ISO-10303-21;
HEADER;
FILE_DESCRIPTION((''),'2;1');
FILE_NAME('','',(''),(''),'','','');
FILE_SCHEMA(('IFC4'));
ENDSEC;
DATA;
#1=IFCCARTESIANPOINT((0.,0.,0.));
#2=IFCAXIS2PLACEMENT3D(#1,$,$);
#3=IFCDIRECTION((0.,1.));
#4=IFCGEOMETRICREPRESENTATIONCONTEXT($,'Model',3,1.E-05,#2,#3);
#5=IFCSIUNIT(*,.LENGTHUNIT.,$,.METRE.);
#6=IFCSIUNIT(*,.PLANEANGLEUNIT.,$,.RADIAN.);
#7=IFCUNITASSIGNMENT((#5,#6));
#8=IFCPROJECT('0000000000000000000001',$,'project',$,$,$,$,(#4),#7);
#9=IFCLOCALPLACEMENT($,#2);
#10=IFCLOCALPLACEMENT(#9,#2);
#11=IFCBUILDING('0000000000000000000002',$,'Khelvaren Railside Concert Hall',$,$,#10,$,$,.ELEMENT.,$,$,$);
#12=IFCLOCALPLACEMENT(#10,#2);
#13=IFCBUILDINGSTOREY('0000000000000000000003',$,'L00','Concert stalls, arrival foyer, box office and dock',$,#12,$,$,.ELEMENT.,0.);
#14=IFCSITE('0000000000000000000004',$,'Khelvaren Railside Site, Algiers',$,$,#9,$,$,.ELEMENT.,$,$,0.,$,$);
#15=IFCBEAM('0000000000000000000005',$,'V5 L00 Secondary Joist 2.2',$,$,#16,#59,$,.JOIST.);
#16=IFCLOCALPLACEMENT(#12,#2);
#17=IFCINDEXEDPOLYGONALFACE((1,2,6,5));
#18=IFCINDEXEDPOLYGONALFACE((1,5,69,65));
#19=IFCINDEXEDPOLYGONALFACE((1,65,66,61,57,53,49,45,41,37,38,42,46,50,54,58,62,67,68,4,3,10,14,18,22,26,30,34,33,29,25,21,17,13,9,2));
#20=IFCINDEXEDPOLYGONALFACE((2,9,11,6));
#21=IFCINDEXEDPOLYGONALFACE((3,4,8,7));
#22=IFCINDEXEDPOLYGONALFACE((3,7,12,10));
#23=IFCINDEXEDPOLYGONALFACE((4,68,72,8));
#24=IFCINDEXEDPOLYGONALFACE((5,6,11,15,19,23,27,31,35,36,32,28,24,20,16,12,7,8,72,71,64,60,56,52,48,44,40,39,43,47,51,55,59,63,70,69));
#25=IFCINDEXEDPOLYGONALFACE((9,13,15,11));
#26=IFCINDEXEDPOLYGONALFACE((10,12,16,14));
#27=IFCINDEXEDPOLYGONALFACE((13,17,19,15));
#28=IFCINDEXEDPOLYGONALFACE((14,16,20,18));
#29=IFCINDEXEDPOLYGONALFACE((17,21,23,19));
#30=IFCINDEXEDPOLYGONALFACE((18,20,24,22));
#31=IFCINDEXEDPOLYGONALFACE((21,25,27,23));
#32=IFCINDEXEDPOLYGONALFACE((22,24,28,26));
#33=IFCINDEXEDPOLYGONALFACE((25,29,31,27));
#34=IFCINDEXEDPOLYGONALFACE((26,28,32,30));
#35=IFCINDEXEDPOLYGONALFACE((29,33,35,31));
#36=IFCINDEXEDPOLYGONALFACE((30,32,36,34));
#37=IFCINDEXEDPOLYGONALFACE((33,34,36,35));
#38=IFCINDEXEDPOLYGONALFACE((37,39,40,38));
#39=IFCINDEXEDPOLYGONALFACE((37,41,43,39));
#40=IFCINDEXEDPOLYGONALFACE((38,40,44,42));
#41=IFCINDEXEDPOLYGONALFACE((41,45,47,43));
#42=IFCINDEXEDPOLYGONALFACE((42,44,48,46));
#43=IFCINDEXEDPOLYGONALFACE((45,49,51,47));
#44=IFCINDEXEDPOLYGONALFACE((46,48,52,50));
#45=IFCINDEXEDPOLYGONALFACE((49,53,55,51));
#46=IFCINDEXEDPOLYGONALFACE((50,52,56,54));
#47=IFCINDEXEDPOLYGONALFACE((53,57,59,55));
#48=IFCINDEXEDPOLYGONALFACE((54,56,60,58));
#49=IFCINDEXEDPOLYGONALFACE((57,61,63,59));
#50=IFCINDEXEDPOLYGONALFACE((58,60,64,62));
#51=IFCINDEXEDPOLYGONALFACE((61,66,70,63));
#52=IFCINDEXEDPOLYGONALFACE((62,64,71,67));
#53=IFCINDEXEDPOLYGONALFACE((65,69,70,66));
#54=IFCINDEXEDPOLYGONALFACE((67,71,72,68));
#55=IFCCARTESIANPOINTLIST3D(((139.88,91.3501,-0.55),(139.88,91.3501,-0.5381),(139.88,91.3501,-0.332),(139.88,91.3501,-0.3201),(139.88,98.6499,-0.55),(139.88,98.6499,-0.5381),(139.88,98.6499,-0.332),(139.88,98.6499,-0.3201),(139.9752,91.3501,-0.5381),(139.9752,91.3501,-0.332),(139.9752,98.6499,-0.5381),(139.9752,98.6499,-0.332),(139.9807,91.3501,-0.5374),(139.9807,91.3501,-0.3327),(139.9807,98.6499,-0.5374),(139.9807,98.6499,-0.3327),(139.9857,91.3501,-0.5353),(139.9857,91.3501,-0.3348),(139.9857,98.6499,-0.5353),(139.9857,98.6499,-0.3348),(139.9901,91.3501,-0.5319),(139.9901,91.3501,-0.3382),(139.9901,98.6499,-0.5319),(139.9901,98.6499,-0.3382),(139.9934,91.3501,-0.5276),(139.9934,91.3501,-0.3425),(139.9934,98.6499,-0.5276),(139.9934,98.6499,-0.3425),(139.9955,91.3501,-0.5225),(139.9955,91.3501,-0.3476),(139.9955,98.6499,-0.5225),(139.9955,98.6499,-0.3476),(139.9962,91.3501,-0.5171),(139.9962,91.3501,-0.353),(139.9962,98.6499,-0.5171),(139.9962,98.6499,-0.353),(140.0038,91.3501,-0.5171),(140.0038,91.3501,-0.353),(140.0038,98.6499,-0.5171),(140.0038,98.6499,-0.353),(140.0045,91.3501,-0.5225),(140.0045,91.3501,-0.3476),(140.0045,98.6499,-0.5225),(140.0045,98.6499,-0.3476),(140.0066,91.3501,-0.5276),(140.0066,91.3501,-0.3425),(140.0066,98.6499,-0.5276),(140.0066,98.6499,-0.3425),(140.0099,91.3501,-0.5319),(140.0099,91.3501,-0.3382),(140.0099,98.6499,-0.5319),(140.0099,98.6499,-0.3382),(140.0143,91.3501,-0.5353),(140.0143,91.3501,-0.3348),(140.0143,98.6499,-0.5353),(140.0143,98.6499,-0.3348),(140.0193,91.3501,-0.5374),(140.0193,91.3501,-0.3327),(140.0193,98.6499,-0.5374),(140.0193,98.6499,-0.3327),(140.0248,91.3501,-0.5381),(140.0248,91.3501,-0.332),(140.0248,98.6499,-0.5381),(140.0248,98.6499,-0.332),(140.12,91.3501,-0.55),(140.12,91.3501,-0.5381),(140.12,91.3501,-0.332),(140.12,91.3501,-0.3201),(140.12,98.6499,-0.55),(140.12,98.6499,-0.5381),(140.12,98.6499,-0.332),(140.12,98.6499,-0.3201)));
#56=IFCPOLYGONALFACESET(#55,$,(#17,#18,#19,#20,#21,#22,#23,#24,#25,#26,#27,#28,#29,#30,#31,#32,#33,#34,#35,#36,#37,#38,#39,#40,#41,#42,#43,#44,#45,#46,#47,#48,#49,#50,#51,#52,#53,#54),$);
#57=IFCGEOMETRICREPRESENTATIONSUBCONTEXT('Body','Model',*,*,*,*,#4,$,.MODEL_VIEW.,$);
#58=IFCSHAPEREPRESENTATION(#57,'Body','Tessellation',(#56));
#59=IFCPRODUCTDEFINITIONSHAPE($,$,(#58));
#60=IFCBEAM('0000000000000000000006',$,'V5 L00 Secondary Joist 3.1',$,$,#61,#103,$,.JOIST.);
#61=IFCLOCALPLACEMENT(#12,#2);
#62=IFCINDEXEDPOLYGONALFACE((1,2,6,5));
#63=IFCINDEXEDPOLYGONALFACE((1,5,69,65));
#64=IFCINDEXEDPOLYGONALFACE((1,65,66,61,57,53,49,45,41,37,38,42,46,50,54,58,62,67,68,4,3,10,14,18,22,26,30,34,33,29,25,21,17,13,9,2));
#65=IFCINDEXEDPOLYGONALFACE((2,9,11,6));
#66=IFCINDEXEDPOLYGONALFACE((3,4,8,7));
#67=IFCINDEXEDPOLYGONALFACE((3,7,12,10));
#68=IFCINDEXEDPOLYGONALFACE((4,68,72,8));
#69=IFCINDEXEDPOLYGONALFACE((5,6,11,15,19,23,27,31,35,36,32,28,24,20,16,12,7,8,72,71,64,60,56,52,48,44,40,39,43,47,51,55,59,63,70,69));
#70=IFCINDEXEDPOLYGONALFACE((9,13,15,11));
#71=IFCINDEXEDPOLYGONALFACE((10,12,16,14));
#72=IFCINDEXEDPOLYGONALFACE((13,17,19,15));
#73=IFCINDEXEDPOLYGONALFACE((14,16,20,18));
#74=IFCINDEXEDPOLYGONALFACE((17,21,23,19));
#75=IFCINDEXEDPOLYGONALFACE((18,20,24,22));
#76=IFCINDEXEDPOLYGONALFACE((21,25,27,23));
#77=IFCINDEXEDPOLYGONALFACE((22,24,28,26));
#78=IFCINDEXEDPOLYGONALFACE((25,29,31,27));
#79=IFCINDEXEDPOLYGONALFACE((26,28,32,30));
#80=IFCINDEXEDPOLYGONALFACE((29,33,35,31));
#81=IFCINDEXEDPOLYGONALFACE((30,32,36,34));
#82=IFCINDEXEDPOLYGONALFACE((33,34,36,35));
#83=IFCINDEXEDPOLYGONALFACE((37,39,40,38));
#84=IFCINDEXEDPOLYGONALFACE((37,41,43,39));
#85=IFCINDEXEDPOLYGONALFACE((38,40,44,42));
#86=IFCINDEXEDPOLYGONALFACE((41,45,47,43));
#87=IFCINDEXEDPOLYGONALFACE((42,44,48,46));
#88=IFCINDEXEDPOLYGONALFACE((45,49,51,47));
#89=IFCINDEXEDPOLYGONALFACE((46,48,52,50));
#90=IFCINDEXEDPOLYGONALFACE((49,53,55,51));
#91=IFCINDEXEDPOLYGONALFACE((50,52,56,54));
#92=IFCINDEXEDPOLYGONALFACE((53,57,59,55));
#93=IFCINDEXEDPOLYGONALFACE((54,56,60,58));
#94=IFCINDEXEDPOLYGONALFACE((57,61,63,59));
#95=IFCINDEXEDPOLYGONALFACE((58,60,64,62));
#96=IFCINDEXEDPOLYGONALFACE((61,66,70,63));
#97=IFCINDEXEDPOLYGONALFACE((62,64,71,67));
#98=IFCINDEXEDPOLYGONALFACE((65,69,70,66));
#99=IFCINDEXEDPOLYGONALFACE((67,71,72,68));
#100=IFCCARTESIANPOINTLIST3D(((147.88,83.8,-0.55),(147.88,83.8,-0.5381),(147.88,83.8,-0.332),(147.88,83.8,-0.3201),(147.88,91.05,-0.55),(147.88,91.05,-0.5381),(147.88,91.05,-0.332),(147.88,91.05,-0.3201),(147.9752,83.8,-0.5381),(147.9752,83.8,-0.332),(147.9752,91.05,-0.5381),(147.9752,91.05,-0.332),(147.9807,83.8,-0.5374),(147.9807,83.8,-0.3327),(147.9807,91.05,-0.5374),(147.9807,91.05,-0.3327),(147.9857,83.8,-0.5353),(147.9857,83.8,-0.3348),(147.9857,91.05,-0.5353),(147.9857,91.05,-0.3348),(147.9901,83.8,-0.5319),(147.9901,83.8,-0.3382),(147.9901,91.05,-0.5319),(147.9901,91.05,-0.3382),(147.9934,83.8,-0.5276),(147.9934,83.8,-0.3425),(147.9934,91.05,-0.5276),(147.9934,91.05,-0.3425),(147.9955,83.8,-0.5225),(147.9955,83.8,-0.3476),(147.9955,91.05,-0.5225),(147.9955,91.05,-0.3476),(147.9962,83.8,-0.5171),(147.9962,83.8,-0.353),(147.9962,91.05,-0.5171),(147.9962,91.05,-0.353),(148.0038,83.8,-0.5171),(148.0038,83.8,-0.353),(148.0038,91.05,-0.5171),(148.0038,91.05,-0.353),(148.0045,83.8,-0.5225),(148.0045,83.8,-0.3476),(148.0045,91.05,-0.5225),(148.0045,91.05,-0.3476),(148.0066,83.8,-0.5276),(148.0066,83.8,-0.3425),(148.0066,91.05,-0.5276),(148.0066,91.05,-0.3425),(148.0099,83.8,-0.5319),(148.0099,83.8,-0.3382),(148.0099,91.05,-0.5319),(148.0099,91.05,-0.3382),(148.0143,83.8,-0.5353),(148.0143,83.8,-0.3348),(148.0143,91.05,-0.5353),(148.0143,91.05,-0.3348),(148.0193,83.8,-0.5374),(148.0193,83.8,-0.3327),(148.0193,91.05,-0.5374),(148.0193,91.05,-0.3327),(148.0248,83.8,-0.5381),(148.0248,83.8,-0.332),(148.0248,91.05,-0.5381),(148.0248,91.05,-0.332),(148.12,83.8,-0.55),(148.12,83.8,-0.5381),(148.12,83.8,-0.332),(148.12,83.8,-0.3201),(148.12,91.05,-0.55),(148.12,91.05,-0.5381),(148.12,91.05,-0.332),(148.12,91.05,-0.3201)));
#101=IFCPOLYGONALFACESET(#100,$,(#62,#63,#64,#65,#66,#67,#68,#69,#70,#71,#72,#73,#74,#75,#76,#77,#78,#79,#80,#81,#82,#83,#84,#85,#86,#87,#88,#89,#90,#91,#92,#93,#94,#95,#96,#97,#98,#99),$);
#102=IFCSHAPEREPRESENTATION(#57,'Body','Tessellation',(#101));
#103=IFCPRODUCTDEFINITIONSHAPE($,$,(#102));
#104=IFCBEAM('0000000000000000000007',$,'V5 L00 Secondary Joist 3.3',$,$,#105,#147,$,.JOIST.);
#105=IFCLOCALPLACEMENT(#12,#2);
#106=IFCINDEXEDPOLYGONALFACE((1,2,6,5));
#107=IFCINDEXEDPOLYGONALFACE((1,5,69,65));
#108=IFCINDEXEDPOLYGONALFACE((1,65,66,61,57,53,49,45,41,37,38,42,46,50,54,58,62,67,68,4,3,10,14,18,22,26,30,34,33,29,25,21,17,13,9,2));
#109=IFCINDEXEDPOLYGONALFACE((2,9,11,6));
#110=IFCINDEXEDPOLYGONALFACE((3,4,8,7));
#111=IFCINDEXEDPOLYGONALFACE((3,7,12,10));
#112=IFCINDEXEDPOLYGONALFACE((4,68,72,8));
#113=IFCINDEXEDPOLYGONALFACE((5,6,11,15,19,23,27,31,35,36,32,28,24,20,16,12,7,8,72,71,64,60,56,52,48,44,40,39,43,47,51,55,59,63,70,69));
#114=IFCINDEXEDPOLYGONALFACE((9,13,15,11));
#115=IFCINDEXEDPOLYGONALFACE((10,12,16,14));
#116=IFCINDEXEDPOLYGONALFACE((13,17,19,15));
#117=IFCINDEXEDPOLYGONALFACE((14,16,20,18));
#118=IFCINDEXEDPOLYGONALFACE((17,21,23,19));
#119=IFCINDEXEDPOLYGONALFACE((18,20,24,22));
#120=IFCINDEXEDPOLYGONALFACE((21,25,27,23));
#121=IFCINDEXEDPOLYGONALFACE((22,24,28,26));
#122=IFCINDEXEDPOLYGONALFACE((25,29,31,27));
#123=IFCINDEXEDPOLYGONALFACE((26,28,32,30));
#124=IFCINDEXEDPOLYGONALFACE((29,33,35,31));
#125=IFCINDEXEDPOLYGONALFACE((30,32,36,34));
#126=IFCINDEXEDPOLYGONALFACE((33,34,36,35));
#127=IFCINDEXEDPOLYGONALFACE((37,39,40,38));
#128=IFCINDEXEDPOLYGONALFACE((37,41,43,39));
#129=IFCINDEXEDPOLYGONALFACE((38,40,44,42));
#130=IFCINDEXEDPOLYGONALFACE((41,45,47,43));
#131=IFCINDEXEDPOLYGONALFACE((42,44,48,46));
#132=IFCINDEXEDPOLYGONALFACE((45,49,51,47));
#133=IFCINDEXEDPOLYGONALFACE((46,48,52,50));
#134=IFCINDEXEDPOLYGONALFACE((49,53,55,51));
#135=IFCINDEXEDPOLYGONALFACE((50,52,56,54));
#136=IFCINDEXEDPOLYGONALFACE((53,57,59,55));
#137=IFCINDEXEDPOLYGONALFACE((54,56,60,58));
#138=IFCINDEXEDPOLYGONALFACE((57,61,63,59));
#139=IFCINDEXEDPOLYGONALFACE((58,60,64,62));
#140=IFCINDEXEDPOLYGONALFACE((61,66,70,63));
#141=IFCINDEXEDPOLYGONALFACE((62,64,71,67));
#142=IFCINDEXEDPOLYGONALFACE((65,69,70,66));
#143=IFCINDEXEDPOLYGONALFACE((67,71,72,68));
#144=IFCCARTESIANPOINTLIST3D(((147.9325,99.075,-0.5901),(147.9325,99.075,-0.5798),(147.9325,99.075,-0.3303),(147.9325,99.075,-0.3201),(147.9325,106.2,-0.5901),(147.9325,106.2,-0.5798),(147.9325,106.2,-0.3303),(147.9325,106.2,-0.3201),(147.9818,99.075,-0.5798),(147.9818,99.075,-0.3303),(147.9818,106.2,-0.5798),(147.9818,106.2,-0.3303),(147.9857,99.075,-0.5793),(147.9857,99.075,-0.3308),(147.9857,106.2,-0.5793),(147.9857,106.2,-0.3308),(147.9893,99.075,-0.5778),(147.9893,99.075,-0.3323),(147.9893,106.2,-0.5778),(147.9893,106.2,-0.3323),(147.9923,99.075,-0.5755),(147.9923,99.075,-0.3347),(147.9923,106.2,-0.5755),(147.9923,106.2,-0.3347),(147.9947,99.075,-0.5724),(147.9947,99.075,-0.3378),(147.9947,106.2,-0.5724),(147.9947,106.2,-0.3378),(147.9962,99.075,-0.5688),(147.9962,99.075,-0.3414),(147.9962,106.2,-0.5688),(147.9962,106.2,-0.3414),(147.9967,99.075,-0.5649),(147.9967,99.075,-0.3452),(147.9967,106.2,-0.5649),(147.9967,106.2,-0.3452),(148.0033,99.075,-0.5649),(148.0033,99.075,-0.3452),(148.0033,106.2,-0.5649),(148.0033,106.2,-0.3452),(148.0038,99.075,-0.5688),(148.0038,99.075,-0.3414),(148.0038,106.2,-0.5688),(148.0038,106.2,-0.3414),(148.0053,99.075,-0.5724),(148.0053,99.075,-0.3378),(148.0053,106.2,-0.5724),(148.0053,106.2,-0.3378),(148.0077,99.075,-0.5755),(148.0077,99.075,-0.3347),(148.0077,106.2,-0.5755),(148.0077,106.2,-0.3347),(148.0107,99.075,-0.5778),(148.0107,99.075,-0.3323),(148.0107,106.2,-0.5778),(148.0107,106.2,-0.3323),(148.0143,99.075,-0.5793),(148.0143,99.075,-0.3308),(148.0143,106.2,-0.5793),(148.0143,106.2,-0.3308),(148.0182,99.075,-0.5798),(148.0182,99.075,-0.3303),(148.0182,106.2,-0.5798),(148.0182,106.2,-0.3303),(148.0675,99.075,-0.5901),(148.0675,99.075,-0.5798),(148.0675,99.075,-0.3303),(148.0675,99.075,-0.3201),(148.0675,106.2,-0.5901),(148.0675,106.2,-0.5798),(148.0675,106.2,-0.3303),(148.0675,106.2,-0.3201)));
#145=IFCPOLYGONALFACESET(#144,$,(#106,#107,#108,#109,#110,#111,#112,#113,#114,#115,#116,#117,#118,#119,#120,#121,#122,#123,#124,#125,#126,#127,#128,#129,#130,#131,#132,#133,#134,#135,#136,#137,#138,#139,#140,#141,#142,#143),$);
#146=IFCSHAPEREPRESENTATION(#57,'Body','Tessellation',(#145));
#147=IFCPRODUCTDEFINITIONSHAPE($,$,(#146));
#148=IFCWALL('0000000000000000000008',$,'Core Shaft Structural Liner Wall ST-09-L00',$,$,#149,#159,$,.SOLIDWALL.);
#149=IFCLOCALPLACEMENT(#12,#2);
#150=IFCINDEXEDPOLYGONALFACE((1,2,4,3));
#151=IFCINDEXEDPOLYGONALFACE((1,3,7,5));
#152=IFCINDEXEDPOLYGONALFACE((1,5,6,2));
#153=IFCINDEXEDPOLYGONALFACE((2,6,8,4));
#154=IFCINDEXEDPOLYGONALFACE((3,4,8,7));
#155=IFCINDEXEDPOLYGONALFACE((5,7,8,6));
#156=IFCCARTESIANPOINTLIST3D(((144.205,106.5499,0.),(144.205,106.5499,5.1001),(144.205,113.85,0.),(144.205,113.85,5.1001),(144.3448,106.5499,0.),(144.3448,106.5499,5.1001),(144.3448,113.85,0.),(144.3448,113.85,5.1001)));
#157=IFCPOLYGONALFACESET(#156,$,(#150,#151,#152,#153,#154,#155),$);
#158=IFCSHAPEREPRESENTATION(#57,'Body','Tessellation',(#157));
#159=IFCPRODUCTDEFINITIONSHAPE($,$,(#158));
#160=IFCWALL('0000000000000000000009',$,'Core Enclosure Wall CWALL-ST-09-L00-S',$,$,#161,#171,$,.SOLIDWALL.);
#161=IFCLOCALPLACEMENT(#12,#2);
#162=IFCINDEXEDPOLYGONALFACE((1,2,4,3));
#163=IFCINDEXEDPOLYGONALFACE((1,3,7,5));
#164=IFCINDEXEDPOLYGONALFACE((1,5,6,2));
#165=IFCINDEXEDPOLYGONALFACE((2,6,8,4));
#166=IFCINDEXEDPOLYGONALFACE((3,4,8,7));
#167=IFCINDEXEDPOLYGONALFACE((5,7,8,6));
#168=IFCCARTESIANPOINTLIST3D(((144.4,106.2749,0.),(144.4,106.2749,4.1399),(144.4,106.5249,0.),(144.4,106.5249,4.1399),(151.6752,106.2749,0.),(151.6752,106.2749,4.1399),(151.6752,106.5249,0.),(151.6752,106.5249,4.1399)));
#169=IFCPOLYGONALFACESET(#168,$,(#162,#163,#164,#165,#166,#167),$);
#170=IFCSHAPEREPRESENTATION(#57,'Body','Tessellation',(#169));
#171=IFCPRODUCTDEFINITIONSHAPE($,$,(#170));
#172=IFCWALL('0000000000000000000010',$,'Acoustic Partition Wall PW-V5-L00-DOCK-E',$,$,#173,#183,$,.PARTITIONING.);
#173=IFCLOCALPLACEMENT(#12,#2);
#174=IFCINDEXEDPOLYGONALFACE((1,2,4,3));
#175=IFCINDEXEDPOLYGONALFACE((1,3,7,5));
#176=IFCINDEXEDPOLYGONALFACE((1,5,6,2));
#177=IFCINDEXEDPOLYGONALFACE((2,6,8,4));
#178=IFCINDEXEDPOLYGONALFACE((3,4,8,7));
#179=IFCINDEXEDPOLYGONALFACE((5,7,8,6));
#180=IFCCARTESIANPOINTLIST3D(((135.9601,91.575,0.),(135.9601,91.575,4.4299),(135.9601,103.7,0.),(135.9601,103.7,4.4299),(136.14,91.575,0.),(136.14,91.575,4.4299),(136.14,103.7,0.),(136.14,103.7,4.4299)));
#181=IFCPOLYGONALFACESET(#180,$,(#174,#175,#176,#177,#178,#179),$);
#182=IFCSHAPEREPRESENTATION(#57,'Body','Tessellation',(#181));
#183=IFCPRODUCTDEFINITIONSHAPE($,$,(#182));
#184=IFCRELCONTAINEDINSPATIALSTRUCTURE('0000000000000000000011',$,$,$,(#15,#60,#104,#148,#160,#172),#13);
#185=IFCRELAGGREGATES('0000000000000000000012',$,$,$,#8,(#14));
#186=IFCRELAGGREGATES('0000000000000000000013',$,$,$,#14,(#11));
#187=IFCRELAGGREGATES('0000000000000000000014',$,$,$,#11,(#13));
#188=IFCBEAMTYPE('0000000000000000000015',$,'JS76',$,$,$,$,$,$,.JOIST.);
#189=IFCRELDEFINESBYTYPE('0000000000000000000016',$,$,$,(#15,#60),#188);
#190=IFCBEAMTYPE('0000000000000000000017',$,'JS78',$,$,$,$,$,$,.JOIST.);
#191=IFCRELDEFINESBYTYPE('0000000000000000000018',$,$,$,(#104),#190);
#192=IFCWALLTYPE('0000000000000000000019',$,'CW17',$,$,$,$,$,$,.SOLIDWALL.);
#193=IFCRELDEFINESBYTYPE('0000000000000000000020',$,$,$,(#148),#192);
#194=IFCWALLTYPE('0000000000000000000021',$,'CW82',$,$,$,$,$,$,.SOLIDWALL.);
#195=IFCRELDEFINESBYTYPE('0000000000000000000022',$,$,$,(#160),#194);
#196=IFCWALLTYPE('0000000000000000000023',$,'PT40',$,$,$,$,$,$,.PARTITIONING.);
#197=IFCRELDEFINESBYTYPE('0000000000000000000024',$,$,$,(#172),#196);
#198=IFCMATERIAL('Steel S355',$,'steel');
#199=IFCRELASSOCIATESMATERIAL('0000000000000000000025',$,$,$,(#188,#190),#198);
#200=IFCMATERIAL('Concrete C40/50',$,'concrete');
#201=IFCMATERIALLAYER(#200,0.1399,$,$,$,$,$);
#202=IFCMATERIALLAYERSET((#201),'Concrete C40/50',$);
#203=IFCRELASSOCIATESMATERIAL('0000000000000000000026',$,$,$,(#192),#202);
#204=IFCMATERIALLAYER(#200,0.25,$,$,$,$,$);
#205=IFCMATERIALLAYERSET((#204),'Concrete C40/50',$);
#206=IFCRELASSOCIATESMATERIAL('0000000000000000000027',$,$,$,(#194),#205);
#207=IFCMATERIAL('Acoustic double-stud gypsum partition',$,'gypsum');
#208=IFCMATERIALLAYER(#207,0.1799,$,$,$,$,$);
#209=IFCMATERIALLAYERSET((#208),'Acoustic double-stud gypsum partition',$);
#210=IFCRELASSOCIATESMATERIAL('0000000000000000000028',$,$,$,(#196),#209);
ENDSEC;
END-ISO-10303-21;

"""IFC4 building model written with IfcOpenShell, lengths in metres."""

from ifc_helpers import new_model, si_unit, direction, frame, frame_2d, origin, origin_2d, place, context, subcontext, project, spatial, rectangle, i_section, extrude, material, layer, layer_set, material_profile, profile_set, type_object, element, save


model = new_model("IFC4")

# Units and contexts
model_context = context("Model", 3, precision=1e-05, world=origin(), true_north=direction((0.0, 1.0)))
body_context = subcontext(model_context, "Body", "Model", "MODEL_VIEW")
ifc_project = project(units=[si_unit("LENGTHUNIT", "METRE"), si_unit("PLANEANGLEUNIT", "RADIAN")], contexts=[model_context])

# Site, building, storey
site_placement = place(None, origin())
site = spatial("IfcSite", under=ifc_project, at=site_placement, Name="Khelvaren Railside Site, Algiers", CompositionType="ELEMENT", RefElevation=0.0)
building_placement = place(site_placement, origin())
building = spatial("IfcBuilding", under=site, at=building_placement, Name="Khelvaren Railside Concert Hall", CompositionType="ELEMENT")
storey_placement = place(building_placement, origin())
storey = spatial("IfcBuildingStorey", under=building, at=storey_placement, Name="L00", Description="Concert stalls, arrival foyer, box office and dock", CompositionType="ELEMENT", Elevation=0.0)

# Beams
ifc_material_1 = material(Name="Steel S355", Category="steel")
ifc_material_2 = material(Name="Concrete C40/50", Category="concrete")
ifc_material_profile_1 = material_profile(ifc_material_1, i_section(OverallWidth=0.24, OverallDepth=0.23, WebThickness=0.0076, FlangeThickness=0.012, FilletRadius=0.021, at=origin_2d()), Name="HEA 240")
ifc_profile_set_1 = profile_set([ifc_material_profile_1], Name="Steel S355")
beam_type_1 = type_object("IfcBeamType", Name="JS76", PredefinedType="JOIST", material=ifc_profile_set_1)
beam_1_placement = place(storey_placement, frame((140.0, 91.3501, -0.4351), z_axis=(0.0, 1.0, 0.0), x_axis=(-1.0, 0.0, 0.0)))
element("IfcBeam", 1, at=beam_1_placement, inside=storey, type_object=beam_type_1, Name="V5 L00 Secondary Joist 2.2", PredefinedType="JOIST", context=body_context, shape_type="SweptSolid", body=[
    extrude(i_section(OverallWidth=0.24, OverallDepth=0.23, WebThickness=0.0076, FlangeThickness=0.012, FilletRadius=0.021, at=origin_2d()), origin(), (0.0, 0.0, 1.0), 7.2998),
])
beam_2_placement = place(storey_placement, frame((148.0, 83.8, -0.4351), z_axis=(0.0, 1.0, 0.0), x_axis=(-1.0, 0.0, 0.0)))
element("IfcBeam", 2, at=beam_2_placement, inside=storey, type_object=beam_type_1, Name="V5 L00 Secondary Joist 3.1", PredefinedType="JOIST", context=body_context, shape_type="SweptSolid", body=[
    extrude(i_section(OverallWidth=0.24, OverallDepth=0.23, WebThickness=0.0076, FlangeThickness=0.012, FilletRadius=0.021, at=origin_2d()), origin(), (0.0, 0.0, 1.0), 7.25),
])
ifc_material_profile_2 = material_profile(ifc_material_1, i_section(OverallWidth=0.135, OverallDepth=0.27, WebThickness=0.0066, FlangeThickness=0.0103, FilletRadius=0.0149, at=origin_2d()), Name="IPE 270")
ifc_profile_set_2 = profile_set([ifc_material_profile_2], Name="Steel S355")
beam_type_2 = type_object("IfcBeamType", Name="JS78", PredefinedType="JOIST", material=ifc_profile_set_2)
beam_3_placement = place(storey_placement, frame((148.0, 99.075, -0.4551), z_axis=(0.0, 1.0, 0.0), x_axis=(-1.0, 0.0, 0.0)))
element("IfcBeam", 3, at=beam_3_placement, inside=storey, type_object=beam_type_2, Name="V5 L00 Secondary Joist 3.3", PredefinedType="JOIST", context=body_context, shape_type="SweptSolid", body=[
    extrude(i_section(OverallWidth=0.135, OverallDepth=0.27, WebThickness=0.0066, FlangeThickness=0.0103, FilletRadius=0.0149, at=origin_2d()), origin(), (0.0, 0.0, 1.0), 7.125),
])

# Walls
ifc_layer_1 = layer(ifc_material_2, 0.1399)
ifc_layer_set_1 = layer_set([ifc_layer_1], Name="Concrete C40/50")
wall_type_1 = type_object("IfcWallType", Name="CW17", PredefinedType="SOLIDWALL", material=ifc_layer_set_1)
wall_1_placement = place(storey_placement, frame((144.2749, 106.55, 0.0), z_axis=(0.0, 0.0, 1.0), x_axis=(0.0, 1.0, 0.0)))
element("IfcWall", 4, at=wall_1_placement, inside=storey, type_object=wall_type_1, Name="Core Shaft Structural Liner Wall ST-09-L00", PredefinedType="SOLIDWALL", context=body_context, shape_type="SweptSolid", body=[
    extrude(rectangle(XDim=7.3, YDim=0.1399, at=frame_2d((3.6499, 0.0))), origin(), (0.0, 0.0, 1.0), 5.1001),
])
ifc_layer_2 = layer(ifc_material_2, 0.25)
ifc_layer_set_2 = layer_set([ifc_layer_2], Name="Concrete C40/50")
wall_type_2 = type_object("IfcWallType", Name="CW82", PredefinedType="SOLIDWALL", material=ifc_layer_set_2)
wall_2_placement = place(storey_placement, frame((144.3999, 106.3999, 0.0), z_axis=(0.0, 0.0, 1.0), x_axis=(1.0, 0.0, 0.0)))
element("IfcWall", 5, at=wall_2_placement, inside=storey, type_object=wall_type_2, Name="Core Enclosure Wall CWALL-ST-09-L00-S", PredefinedType="SOLIDWALL", context=body_context, shape_type="SweptSolid", body=[
    extrude(rectangle(XDim=7.2751, YDim=0.25, at=frame_2d((3.6377, 0.0))), origin(), (0.0, 0.0, 1.0), 4.1399),
])
ifc_material_3 = material(Name="Acoustic double-stud gypsum partition", Category="gypsum")
ifc_layer_3 = layer(ifc_material_3, 0.1799)
ifc_layer_set_3 = layer_set([ifc_layer_3], Name="Acoustic double-stud gypsum partition")
wall_type_3 = type_object("IfcWallType", Name="PT40", PredefinedType="PARTITIONING", material=ifc_layer_set_3)
wall_3_placement = place(storey_placement, frame((136.05, 91.575, 0.0), z_axis=(0.0, 0.0, 1.0), x_axis=(0.0, 1.0, 0.0)))
element("IfcWall", 6, at=wall_3_placement, inside=storey, type_object=wall_type_3, Name="Acoustic Partition Wall PW-V5-L00-DOCK-E", PredefinedType="PARTITIONING", context=body_context, shape_type="SweptSolid", body=[
    extrude(rectangle(XDim=12.125, YDim=0.1799, at=frame_2d((6.0625, 0.0))), origin(), (0.0, 0.0, 1.0), 4.4299),
])

save(model, "model.ifc")
